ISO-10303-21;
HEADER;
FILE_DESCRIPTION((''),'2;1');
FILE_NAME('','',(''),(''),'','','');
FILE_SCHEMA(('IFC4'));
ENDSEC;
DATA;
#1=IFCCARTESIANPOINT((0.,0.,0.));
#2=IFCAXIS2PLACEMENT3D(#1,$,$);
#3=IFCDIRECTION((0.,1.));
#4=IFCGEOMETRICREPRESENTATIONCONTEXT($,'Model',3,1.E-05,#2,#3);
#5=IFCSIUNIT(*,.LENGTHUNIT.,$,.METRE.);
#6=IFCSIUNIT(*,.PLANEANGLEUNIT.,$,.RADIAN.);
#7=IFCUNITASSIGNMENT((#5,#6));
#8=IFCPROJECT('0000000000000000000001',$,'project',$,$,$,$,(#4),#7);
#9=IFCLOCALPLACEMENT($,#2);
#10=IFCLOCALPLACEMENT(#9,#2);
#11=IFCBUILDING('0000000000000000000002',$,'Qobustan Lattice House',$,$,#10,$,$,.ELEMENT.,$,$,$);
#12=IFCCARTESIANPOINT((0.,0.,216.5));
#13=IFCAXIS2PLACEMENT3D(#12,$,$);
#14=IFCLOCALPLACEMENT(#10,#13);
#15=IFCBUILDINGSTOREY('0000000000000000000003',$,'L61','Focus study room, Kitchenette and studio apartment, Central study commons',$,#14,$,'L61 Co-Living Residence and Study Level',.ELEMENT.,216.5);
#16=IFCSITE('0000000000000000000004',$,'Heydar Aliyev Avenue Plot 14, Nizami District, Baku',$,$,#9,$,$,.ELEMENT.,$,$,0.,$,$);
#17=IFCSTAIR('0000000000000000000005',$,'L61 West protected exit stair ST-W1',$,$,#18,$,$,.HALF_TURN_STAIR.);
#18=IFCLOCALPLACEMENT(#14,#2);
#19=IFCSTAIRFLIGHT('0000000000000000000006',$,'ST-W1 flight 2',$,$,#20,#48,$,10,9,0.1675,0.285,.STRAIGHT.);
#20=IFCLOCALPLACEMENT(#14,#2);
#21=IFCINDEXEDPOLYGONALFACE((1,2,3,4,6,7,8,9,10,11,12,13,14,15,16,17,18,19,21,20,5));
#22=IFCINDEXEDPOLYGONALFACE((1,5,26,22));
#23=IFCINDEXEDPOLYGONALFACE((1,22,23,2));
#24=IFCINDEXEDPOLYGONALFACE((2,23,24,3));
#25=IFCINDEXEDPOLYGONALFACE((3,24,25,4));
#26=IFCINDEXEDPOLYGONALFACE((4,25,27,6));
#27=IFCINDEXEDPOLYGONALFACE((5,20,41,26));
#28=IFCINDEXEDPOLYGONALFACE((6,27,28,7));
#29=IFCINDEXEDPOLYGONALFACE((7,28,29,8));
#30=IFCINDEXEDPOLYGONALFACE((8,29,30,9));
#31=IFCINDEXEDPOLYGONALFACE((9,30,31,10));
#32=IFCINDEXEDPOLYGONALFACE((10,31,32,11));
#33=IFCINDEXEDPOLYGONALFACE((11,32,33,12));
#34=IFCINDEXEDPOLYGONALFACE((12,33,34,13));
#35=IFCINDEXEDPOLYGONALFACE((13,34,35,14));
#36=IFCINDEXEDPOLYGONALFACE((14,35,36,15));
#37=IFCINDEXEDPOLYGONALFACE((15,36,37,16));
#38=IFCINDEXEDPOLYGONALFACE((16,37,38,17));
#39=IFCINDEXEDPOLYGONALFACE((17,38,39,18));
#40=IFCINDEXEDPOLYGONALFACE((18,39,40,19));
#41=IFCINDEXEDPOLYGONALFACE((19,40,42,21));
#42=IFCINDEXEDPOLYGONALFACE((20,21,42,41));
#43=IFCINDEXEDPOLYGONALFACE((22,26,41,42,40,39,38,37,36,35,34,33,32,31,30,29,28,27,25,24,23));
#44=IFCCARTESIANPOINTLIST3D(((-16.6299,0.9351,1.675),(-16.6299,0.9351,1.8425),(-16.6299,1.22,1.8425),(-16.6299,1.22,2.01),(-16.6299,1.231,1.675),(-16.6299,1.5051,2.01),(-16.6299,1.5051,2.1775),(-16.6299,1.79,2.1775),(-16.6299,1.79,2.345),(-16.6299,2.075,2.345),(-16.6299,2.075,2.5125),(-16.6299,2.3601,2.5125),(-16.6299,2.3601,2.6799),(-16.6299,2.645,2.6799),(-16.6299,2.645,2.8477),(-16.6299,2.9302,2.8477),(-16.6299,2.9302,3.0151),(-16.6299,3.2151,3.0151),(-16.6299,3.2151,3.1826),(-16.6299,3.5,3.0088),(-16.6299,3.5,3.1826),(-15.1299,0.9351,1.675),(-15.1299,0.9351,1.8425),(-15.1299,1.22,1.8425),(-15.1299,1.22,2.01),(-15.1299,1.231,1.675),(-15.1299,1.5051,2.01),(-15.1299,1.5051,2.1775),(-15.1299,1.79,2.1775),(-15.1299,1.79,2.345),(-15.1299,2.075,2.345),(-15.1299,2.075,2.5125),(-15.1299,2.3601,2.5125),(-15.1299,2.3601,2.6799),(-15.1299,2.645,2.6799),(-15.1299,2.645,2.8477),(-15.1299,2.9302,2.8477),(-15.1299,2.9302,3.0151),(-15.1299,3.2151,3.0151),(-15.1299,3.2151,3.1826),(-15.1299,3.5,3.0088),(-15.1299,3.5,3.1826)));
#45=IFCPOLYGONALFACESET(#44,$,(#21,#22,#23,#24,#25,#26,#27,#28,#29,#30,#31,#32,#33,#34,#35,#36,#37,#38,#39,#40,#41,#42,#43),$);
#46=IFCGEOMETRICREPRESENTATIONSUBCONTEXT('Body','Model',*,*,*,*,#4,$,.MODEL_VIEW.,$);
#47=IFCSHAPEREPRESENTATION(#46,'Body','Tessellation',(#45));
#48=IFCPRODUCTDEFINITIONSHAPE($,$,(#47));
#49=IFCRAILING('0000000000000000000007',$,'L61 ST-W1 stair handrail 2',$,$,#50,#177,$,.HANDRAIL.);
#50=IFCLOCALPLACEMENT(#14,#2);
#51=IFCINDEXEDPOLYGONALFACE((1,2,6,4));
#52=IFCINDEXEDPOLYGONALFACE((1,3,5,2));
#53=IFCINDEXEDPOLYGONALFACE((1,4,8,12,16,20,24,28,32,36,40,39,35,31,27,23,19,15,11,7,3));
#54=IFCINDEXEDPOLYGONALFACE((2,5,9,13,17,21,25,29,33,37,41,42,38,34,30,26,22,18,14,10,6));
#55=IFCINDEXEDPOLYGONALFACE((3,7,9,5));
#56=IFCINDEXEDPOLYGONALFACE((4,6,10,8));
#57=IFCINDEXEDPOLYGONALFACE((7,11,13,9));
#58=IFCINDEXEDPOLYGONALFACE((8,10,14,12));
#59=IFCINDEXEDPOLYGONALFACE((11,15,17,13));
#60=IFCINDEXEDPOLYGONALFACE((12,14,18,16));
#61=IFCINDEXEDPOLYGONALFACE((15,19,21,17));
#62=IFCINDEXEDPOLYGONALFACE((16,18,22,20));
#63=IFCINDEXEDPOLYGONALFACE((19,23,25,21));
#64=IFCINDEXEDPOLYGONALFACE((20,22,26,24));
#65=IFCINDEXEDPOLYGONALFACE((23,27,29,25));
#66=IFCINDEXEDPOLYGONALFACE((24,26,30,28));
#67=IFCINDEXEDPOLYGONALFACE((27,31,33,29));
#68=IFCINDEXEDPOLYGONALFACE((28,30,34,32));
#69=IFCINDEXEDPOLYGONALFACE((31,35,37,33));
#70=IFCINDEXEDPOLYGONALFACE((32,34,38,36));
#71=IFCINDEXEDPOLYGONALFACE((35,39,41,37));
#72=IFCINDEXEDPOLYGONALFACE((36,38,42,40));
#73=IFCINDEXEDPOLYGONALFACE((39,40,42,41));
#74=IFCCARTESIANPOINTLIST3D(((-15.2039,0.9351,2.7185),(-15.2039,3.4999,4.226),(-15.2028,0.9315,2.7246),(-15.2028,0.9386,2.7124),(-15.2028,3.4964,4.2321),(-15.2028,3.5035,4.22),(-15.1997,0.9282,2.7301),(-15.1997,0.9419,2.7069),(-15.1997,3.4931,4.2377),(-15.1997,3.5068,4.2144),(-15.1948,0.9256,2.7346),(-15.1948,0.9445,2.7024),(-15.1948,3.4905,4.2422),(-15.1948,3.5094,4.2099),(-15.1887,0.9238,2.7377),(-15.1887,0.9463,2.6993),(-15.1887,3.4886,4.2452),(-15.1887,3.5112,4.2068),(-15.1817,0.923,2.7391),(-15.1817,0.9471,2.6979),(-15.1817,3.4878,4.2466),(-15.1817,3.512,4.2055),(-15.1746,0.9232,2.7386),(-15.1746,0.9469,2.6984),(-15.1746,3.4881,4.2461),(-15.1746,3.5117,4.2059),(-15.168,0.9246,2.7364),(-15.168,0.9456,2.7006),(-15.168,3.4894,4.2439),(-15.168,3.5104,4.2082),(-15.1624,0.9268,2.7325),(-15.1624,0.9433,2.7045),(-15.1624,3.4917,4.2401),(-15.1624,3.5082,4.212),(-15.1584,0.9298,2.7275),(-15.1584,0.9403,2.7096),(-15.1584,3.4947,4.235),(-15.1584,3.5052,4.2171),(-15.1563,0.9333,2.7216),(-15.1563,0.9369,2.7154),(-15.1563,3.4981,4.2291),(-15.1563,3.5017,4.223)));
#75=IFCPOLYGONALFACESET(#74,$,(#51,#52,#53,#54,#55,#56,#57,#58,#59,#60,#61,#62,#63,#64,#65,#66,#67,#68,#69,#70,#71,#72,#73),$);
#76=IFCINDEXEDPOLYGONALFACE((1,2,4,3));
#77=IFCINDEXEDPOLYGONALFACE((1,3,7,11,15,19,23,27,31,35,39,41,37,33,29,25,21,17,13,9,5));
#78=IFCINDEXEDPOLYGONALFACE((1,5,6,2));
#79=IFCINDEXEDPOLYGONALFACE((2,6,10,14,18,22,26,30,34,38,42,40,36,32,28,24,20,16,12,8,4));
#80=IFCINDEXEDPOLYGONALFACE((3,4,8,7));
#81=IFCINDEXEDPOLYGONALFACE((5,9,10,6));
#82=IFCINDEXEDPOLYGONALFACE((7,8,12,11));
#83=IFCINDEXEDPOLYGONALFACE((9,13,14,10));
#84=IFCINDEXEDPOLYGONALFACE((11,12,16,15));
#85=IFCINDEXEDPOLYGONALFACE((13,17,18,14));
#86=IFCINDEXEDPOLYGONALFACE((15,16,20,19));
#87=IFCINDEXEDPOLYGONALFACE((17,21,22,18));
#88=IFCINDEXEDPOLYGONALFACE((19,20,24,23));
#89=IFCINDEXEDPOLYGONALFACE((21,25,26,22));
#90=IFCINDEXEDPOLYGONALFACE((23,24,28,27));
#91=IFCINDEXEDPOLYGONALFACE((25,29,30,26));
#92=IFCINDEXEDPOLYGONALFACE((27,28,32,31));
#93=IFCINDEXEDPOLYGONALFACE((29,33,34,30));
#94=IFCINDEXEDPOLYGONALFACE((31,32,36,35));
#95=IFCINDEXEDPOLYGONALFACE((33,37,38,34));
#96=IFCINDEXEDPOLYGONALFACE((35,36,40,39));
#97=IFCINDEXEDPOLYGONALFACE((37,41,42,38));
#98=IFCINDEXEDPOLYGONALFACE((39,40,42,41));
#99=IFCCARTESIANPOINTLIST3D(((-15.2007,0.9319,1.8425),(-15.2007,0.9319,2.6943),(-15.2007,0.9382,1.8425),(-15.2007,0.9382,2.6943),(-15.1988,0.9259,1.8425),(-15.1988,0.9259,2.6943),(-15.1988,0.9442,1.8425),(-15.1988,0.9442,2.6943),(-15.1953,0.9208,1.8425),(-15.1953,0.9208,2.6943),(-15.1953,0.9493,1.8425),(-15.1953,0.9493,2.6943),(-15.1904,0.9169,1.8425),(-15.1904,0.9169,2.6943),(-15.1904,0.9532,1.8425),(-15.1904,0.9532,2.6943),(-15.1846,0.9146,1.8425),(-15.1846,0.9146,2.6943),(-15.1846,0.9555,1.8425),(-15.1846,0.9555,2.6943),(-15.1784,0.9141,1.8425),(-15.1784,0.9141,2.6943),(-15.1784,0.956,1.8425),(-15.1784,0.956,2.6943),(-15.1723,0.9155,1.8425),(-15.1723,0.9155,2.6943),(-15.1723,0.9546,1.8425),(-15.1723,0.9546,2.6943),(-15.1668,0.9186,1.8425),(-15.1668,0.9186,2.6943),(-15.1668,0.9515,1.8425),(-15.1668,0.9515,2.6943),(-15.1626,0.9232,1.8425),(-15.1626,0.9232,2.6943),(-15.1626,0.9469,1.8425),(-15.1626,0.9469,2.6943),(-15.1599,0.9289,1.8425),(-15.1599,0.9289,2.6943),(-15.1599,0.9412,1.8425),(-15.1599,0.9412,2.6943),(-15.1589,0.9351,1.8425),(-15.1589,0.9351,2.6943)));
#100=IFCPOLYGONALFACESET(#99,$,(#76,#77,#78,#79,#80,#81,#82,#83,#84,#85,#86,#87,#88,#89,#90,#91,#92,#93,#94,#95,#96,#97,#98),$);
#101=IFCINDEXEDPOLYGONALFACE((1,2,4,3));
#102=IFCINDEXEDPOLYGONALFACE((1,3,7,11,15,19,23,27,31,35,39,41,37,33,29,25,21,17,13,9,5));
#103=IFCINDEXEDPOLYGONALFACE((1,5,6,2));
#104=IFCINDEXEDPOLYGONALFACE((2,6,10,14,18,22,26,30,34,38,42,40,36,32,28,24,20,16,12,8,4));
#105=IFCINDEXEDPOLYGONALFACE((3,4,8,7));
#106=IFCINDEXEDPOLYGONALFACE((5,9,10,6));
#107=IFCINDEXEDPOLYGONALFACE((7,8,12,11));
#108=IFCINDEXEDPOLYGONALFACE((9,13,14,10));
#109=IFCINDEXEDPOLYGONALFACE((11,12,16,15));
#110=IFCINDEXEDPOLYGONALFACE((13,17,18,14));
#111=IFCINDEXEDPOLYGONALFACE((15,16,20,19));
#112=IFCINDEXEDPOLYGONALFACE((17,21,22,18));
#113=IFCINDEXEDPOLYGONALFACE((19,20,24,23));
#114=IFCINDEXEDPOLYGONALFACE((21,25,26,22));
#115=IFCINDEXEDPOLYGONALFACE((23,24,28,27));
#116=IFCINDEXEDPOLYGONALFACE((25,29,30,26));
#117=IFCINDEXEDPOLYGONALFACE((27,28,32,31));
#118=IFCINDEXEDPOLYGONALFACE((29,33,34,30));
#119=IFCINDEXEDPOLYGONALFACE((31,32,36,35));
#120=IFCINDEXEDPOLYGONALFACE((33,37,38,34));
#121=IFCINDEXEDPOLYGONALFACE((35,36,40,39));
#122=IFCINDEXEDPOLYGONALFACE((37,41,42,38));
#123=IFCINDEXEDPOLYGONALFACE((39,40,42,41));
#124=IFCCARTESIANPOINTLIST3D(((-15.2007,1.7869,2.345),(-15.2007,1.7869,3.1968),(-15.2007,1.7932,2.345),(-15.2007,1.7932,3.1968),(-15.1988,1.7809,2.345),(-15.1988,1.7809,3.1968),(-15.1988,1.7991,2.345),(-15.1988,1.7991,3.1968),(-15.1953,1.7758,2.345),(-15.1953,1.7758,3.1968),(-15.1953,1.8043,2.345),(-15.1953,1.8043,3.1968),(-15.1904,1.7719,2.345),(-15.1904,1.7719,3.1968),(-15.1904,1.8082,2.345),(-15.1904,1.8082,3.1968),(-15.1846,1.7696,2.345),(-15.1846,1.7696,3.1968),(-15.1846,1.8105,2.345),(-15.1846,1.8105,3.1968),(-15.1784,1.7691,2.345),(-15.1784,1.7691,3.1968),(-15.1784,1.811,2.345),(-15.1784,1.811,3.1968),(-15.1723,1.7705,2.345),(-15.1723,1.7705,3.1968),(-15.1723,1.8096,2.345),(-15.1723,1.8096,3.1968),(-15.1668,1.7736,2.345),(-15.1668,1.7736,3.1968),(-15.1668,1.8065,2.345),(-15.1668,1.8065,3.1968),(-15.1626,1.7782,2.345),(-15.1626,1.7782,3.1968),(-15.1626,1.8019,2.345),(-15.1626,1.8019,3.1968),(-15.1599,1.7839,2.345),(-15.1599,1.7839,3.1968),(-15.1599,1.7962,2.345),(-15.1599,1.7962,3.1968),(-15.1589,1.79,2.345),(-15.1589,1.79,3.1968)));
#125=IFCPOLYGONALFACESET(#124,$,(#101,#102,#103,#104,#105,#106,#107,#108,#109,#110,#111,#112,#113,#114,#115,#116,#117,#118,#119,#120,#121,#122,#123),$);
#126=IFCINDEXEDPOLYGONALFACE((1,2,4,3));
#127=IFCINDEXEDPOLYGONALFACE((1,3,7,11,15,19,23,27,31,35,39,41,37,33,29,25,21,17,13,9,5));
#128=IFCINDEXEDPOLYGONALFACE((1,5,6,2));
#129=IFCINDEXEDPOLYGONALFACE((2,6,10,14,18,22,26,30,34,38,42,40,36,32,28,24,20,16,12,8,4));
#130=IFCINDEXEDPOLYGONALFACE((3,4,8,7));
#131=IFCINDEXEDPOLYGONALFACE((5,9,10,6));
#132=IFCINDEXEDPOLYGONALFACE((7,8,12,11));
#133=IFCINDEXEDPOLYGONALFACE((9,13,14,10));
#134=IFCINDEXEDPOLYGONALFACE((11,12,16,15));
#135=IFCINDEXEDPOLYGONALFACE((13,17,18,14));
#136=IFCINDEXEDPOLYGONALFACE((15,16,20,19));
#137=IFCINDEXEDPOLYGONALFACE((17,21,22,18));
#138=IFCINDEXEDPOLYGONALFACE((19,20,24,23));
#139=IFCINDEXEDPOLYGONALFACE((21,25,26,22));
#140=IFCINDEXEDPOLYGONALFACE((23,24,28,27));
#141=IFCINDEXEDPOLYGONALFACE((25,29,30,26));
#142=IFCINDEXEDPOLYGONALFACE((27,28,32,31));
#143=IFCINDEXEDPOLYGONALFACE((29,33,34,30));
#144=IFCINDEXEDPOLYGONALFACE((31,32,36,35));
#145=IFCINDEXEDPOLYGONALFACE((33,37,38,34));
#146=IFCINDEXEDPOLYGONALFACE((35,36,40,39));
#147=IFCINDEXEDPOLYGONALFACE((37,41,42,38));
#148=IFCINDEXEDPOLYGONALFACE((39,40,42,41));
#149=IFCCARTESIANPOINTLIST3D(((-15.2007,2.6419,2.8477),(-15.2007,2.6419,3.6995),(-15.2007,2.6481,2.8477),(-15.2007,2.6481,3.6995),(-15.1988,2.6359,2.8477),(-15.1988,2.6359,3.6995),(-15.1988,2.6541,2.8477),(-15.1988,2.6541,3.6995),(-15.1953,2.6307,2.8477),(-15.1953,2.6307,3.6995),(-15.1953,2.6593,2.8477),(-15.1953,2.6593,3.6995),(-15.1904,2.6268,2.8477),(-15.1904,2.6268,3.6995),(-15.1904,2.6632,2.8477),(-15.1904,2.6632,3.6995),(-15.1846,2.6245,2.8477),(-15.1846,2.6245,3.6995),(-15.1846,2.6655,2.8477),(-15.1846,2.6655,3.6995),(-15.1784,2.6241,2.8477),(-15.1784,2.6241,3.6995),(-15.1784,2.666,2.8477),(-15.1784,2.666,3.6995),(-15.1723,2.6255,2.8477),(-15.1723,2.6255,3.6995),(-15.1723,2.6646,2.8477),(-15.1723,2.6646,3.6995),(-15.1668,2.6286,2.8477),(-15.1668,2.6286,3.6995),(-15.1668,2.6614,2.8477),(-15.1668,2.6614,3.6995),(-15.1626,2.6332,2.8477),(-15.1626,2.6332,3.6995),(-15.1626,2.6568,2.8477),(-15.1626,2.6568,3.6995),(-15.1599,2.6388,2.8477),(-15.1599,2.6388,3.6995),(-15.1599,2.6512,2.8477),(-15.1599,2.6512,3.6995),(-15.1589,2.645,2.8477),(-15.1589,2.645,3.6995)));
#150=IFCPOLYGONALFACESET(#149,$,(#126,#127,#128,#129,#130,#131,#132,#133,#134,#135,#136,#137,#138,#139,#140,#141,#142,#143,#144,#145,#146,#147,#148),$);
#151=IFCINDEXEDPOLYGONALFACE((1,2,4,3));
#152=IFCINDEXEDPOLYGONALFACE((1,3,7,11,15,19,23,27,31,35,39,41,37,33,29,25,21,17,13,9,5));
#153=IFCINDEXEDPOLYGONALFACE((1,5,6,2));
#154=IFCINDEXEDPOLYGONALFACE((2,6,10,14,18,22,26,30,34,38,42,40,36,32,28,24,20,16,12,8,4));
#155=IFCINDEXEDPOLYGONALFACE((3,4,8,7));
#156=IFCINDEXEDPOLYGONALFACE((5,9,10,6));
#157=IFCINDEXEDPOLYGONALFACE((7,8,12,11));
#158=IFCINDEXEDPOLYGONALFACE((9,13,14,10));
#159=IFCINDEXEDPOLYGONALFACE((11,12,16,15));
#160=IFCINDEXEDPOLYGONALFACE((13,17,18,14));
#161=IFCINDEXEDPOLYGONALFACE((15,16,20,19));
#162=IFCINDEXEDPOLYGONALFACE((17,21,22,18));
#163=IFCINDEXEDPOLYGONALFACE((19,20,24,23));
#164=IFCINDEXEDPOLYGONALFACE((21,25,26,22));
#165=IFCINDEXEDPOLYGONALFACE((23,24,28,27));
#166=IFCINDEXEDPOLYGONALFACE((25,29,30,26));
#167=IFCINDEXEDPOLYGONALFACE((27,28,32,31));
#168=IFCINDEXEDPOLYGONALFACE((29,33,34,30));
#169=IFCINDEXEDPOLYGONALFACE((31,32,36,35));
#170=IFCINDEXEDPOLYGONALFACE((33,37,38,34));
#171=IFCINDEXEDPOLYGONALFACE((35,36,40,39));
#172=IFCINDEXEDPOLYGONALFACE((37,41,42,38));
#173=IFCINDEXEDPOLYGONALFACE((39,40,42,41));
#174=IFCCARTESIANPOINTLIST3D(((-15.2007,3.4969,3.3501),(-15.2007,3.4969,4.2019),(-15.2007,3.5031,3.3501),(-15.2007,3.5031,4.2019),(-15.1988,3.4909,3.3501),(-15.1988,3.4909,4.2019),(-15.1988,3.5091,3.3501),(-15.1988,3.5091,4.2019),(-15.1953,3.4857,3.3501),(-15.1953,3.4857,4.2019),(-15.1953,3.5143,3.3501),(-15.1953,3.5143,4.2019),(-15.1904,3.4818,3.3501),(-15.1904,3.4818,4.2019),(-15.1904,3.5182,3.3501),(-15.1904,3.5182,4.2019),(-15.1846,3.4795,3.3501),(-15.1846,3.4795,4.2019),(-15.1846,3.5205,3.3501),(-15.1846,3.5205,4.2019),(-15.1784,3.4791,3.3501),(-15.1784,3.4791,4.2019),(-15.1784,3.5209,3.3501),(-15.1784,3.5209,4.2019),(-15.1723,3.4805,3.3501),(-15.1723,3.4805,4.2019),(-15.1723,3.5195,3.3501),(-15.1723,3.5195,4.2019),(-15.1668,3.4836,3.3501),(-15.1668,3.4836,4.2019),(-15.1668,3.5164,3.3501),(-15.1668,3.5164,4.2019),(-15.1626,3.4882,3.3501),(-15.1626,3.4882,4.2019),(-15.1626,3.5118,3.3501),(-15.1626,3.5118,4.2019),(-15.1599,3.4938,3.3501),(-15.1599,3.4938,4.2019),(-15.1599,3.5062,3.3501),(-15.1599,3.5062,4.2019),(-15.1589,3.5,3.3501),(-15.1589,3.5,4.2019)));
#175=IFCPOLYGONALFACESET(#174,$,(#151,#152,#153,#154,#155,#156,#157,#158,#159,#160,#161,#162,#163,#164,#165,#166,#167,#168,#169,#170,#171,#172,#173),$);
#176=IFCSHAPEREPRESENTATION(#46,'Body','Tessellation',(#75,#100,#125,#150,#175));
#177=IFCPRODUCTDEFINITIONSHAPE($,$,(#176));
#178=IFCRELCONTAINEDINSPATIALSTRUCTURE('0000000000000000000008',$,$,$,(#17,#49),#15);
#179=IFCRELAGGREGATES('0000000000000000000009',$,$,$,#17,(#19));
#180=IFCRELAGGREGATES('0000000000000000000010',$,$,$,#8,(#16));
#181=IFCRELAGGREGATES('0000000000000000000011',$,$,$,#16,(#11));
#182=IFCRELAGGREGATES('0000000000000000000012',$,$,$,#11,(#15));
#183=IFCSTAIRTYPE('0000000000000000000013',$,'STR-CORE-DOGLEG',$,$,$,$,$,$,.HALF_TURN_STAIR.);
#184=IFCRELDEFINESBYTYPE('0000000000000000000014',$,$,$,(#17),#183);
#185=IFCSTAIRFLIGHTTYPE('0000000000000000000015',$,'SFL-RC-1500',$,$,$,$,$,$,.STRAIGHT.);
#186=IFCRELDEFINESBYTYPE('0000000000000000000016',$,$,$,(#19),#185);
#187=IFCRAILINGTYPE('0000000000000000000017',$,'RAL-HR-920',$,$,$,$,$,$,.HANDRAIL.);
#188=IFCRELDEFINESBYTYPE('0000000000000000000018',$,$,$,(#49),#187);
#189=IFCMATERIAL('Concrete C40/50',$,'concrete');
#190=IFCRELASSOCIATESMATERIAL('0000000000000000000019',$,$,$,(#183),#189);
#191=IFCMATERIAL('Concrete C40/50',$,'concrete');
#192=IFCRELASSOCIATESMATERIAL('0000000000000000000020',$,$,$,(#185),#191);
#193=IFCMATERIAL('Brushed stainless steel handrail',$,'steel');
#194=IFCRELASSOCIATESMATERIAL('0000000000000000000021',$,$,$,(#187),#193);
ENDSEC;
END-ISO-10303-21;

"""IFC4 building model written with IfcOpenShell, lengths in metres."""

from ifc_helpers import new_model, si_unit, direction, frame, origin, origin_2d, place, context, subcontext, project, spatial, polyline, circle, outline, extrude, material, type_object, element, aggregate, save


model = new_model("IFC4")

# Units and contexts
model_context = context("Model", 3, precision=1e-05, world=origin(), true_north=direction((0.0, 1.0)))
body_context = subcontext(model_context, "Body", "Model", "MODEL_VIEW")
ifc_project = project(units=[si_unit("LENGTHUNIT", "METRE"), si_unit("PLANEANGLEUNIT", "RADIAN")], contexts=[model_context])

# Site, building, storey
site_placement = place(None, origin())
site = spatial("IfcSite", under=ifc_project, at=site_placement, Name="Heydar Aliyev Avenue Plot 14, Nizami District, Baku", CompositionType="ELEMENT", RefElevation=0.0)
building_placement = place(site_placement, origin())
building = spatial("IfcBuilding", under=site, at=building_placement, Name="Qobustan Lattice House", CompositionType="ELEMENT")
storey_placement = place(building_placement, frame((0.0, 0.0, 216.5)))
storey = spatial("IfcBuildingStorey", under=building, at=storey_placement, Name="L61", Description="Focus study room, Kitchenette and studio apartment, Central study commons", LongName="L61 Co-Living Residence and Study Level", CompositionType="ELEMENT", Elevation=216.5)

# Stair, stair flight
ifc_material_1 = material(Name="Concrete C40/50", Category="concrete")
stair_type = type_object("IfcStairType", Name="STR-CORE-DOGLEG", PredefinedType="HALF_TURN_STAIR", material=ifc_material_1)
stair_placement = place(storey_placement, origin())
stair = element("IfcStair", 1, at=stair_placement, inside=storey, type_object=stair_type, Name="L61 West protected exit stair ST-W1", PredefinedType="HALF_TURN_STAIR")
ifc_material_2 = material(Name="Concrete C40/50", Category="concrete")
stair_flight_type = type_object("IfcStairFlightType", Name="SFL-RC-1500", PredefinedType="STRAIGHT", material=ifc_material_2)
stair_flight_placement = place(storey_placement, frame((-15.8799, 0.9351, 1.675), z_axis=(0.0, 0.0, 1.0), x_axis=(0.0, 1.0, 0.0)))
stair_flight = element("IfcStairFlight", 2, at=stair_flight_placement, type_object=stair_flight_type, Name="ST-W1 flight 2", NumberOfRisers=10, NumberOfTreads=9, PredefinedType="STRAIGHT", RiserHeight=0.1675, TreadLength=0.285, context=body_context, shape_type="SweptSolid", body=[
    extrude(outline(polyline([(0.0, 0.0), (0.0, 0.1675), (0.2849, 0.1675), (0.2849, 0.335), (0.5701, 0.335), (0.5701, 0.5024), (0.855, 0.5024), (0.855, 0.6699), (1.1399, 0.6699), (1.1399, 0.8374), (1.425, 0.8374), (1.425, 1.0049), (1.71, 1.0049), (1.71, 1.1726), (1.9951, 1.1726), (1.9951, 1.3401), (2.28, 1.3401), (2.28, 1.5076), (2.5649, 1.5076), (2.5649, 1.675), (2.5649, 1.3337), (0.2959, 0.0), (0.0, 0.0)])), frame((0.0, 0.75, 0.0), z_axis=(0.0, -1.0, 0.0), x_axis=(1.0, 0.0, 0.0)), (0.0, 0.0, 1.0), 1.5),
])
aggregate(stair, [stair_flight])

# Railing
ifc_material_3 = material(Name="Brushed stainless steel handrail", Category="steel")
railing_type_1 = type_object("IfcRailingType", Name="RAL-HR-920", PredefinedType="HANDRAIL", material=ifc_material_3)
railing_1_placement = place(storey_placement, frame((-15.1799, 0.9351, 1.8425)))
element("IfcRailing", 3, at=railing_1_placement, inside=storey, type_object=railing_type_1, Name="L61 ST-W1 stair handrail 2", PredefinedType="HANDRAIL", context=body_context, shape_type="SweptSolid", body=[
    extrude(circle(Radius=0.0239, at=origin_2d()), frame((0.0, 0.0, 0.876), z_axis=(0.0, 0.862113, 0.506715), x_axis=(-1.0, 0.0, 0.0)), (0.0, 0.0, 1.0), 2.9751),
    extrude(circle(Radius=0.021, at=origin_2d()), origin(), (0.0, 0.0, 1.0), 0.8518),
    extrude(circle(Radius=0.021, at=origin_2d()), frame((0.0, 0.855, 0.5024)), (0.0, 0.0, 1.0), 0.8518),
    extrude(circle(Radius=0.021, at=origin_2d()), frame((0.0, 1.71, 1.0051)), (0.0, 0.0, 1.0), 0.8518),
    extrude(circle(Radius=0.021, at=origin_2d()), frame((0.0, 2.5649, 1.5076)), (0.0, 0.0, 1.0), 0.8518),
])

save(model, "model.ifc")
